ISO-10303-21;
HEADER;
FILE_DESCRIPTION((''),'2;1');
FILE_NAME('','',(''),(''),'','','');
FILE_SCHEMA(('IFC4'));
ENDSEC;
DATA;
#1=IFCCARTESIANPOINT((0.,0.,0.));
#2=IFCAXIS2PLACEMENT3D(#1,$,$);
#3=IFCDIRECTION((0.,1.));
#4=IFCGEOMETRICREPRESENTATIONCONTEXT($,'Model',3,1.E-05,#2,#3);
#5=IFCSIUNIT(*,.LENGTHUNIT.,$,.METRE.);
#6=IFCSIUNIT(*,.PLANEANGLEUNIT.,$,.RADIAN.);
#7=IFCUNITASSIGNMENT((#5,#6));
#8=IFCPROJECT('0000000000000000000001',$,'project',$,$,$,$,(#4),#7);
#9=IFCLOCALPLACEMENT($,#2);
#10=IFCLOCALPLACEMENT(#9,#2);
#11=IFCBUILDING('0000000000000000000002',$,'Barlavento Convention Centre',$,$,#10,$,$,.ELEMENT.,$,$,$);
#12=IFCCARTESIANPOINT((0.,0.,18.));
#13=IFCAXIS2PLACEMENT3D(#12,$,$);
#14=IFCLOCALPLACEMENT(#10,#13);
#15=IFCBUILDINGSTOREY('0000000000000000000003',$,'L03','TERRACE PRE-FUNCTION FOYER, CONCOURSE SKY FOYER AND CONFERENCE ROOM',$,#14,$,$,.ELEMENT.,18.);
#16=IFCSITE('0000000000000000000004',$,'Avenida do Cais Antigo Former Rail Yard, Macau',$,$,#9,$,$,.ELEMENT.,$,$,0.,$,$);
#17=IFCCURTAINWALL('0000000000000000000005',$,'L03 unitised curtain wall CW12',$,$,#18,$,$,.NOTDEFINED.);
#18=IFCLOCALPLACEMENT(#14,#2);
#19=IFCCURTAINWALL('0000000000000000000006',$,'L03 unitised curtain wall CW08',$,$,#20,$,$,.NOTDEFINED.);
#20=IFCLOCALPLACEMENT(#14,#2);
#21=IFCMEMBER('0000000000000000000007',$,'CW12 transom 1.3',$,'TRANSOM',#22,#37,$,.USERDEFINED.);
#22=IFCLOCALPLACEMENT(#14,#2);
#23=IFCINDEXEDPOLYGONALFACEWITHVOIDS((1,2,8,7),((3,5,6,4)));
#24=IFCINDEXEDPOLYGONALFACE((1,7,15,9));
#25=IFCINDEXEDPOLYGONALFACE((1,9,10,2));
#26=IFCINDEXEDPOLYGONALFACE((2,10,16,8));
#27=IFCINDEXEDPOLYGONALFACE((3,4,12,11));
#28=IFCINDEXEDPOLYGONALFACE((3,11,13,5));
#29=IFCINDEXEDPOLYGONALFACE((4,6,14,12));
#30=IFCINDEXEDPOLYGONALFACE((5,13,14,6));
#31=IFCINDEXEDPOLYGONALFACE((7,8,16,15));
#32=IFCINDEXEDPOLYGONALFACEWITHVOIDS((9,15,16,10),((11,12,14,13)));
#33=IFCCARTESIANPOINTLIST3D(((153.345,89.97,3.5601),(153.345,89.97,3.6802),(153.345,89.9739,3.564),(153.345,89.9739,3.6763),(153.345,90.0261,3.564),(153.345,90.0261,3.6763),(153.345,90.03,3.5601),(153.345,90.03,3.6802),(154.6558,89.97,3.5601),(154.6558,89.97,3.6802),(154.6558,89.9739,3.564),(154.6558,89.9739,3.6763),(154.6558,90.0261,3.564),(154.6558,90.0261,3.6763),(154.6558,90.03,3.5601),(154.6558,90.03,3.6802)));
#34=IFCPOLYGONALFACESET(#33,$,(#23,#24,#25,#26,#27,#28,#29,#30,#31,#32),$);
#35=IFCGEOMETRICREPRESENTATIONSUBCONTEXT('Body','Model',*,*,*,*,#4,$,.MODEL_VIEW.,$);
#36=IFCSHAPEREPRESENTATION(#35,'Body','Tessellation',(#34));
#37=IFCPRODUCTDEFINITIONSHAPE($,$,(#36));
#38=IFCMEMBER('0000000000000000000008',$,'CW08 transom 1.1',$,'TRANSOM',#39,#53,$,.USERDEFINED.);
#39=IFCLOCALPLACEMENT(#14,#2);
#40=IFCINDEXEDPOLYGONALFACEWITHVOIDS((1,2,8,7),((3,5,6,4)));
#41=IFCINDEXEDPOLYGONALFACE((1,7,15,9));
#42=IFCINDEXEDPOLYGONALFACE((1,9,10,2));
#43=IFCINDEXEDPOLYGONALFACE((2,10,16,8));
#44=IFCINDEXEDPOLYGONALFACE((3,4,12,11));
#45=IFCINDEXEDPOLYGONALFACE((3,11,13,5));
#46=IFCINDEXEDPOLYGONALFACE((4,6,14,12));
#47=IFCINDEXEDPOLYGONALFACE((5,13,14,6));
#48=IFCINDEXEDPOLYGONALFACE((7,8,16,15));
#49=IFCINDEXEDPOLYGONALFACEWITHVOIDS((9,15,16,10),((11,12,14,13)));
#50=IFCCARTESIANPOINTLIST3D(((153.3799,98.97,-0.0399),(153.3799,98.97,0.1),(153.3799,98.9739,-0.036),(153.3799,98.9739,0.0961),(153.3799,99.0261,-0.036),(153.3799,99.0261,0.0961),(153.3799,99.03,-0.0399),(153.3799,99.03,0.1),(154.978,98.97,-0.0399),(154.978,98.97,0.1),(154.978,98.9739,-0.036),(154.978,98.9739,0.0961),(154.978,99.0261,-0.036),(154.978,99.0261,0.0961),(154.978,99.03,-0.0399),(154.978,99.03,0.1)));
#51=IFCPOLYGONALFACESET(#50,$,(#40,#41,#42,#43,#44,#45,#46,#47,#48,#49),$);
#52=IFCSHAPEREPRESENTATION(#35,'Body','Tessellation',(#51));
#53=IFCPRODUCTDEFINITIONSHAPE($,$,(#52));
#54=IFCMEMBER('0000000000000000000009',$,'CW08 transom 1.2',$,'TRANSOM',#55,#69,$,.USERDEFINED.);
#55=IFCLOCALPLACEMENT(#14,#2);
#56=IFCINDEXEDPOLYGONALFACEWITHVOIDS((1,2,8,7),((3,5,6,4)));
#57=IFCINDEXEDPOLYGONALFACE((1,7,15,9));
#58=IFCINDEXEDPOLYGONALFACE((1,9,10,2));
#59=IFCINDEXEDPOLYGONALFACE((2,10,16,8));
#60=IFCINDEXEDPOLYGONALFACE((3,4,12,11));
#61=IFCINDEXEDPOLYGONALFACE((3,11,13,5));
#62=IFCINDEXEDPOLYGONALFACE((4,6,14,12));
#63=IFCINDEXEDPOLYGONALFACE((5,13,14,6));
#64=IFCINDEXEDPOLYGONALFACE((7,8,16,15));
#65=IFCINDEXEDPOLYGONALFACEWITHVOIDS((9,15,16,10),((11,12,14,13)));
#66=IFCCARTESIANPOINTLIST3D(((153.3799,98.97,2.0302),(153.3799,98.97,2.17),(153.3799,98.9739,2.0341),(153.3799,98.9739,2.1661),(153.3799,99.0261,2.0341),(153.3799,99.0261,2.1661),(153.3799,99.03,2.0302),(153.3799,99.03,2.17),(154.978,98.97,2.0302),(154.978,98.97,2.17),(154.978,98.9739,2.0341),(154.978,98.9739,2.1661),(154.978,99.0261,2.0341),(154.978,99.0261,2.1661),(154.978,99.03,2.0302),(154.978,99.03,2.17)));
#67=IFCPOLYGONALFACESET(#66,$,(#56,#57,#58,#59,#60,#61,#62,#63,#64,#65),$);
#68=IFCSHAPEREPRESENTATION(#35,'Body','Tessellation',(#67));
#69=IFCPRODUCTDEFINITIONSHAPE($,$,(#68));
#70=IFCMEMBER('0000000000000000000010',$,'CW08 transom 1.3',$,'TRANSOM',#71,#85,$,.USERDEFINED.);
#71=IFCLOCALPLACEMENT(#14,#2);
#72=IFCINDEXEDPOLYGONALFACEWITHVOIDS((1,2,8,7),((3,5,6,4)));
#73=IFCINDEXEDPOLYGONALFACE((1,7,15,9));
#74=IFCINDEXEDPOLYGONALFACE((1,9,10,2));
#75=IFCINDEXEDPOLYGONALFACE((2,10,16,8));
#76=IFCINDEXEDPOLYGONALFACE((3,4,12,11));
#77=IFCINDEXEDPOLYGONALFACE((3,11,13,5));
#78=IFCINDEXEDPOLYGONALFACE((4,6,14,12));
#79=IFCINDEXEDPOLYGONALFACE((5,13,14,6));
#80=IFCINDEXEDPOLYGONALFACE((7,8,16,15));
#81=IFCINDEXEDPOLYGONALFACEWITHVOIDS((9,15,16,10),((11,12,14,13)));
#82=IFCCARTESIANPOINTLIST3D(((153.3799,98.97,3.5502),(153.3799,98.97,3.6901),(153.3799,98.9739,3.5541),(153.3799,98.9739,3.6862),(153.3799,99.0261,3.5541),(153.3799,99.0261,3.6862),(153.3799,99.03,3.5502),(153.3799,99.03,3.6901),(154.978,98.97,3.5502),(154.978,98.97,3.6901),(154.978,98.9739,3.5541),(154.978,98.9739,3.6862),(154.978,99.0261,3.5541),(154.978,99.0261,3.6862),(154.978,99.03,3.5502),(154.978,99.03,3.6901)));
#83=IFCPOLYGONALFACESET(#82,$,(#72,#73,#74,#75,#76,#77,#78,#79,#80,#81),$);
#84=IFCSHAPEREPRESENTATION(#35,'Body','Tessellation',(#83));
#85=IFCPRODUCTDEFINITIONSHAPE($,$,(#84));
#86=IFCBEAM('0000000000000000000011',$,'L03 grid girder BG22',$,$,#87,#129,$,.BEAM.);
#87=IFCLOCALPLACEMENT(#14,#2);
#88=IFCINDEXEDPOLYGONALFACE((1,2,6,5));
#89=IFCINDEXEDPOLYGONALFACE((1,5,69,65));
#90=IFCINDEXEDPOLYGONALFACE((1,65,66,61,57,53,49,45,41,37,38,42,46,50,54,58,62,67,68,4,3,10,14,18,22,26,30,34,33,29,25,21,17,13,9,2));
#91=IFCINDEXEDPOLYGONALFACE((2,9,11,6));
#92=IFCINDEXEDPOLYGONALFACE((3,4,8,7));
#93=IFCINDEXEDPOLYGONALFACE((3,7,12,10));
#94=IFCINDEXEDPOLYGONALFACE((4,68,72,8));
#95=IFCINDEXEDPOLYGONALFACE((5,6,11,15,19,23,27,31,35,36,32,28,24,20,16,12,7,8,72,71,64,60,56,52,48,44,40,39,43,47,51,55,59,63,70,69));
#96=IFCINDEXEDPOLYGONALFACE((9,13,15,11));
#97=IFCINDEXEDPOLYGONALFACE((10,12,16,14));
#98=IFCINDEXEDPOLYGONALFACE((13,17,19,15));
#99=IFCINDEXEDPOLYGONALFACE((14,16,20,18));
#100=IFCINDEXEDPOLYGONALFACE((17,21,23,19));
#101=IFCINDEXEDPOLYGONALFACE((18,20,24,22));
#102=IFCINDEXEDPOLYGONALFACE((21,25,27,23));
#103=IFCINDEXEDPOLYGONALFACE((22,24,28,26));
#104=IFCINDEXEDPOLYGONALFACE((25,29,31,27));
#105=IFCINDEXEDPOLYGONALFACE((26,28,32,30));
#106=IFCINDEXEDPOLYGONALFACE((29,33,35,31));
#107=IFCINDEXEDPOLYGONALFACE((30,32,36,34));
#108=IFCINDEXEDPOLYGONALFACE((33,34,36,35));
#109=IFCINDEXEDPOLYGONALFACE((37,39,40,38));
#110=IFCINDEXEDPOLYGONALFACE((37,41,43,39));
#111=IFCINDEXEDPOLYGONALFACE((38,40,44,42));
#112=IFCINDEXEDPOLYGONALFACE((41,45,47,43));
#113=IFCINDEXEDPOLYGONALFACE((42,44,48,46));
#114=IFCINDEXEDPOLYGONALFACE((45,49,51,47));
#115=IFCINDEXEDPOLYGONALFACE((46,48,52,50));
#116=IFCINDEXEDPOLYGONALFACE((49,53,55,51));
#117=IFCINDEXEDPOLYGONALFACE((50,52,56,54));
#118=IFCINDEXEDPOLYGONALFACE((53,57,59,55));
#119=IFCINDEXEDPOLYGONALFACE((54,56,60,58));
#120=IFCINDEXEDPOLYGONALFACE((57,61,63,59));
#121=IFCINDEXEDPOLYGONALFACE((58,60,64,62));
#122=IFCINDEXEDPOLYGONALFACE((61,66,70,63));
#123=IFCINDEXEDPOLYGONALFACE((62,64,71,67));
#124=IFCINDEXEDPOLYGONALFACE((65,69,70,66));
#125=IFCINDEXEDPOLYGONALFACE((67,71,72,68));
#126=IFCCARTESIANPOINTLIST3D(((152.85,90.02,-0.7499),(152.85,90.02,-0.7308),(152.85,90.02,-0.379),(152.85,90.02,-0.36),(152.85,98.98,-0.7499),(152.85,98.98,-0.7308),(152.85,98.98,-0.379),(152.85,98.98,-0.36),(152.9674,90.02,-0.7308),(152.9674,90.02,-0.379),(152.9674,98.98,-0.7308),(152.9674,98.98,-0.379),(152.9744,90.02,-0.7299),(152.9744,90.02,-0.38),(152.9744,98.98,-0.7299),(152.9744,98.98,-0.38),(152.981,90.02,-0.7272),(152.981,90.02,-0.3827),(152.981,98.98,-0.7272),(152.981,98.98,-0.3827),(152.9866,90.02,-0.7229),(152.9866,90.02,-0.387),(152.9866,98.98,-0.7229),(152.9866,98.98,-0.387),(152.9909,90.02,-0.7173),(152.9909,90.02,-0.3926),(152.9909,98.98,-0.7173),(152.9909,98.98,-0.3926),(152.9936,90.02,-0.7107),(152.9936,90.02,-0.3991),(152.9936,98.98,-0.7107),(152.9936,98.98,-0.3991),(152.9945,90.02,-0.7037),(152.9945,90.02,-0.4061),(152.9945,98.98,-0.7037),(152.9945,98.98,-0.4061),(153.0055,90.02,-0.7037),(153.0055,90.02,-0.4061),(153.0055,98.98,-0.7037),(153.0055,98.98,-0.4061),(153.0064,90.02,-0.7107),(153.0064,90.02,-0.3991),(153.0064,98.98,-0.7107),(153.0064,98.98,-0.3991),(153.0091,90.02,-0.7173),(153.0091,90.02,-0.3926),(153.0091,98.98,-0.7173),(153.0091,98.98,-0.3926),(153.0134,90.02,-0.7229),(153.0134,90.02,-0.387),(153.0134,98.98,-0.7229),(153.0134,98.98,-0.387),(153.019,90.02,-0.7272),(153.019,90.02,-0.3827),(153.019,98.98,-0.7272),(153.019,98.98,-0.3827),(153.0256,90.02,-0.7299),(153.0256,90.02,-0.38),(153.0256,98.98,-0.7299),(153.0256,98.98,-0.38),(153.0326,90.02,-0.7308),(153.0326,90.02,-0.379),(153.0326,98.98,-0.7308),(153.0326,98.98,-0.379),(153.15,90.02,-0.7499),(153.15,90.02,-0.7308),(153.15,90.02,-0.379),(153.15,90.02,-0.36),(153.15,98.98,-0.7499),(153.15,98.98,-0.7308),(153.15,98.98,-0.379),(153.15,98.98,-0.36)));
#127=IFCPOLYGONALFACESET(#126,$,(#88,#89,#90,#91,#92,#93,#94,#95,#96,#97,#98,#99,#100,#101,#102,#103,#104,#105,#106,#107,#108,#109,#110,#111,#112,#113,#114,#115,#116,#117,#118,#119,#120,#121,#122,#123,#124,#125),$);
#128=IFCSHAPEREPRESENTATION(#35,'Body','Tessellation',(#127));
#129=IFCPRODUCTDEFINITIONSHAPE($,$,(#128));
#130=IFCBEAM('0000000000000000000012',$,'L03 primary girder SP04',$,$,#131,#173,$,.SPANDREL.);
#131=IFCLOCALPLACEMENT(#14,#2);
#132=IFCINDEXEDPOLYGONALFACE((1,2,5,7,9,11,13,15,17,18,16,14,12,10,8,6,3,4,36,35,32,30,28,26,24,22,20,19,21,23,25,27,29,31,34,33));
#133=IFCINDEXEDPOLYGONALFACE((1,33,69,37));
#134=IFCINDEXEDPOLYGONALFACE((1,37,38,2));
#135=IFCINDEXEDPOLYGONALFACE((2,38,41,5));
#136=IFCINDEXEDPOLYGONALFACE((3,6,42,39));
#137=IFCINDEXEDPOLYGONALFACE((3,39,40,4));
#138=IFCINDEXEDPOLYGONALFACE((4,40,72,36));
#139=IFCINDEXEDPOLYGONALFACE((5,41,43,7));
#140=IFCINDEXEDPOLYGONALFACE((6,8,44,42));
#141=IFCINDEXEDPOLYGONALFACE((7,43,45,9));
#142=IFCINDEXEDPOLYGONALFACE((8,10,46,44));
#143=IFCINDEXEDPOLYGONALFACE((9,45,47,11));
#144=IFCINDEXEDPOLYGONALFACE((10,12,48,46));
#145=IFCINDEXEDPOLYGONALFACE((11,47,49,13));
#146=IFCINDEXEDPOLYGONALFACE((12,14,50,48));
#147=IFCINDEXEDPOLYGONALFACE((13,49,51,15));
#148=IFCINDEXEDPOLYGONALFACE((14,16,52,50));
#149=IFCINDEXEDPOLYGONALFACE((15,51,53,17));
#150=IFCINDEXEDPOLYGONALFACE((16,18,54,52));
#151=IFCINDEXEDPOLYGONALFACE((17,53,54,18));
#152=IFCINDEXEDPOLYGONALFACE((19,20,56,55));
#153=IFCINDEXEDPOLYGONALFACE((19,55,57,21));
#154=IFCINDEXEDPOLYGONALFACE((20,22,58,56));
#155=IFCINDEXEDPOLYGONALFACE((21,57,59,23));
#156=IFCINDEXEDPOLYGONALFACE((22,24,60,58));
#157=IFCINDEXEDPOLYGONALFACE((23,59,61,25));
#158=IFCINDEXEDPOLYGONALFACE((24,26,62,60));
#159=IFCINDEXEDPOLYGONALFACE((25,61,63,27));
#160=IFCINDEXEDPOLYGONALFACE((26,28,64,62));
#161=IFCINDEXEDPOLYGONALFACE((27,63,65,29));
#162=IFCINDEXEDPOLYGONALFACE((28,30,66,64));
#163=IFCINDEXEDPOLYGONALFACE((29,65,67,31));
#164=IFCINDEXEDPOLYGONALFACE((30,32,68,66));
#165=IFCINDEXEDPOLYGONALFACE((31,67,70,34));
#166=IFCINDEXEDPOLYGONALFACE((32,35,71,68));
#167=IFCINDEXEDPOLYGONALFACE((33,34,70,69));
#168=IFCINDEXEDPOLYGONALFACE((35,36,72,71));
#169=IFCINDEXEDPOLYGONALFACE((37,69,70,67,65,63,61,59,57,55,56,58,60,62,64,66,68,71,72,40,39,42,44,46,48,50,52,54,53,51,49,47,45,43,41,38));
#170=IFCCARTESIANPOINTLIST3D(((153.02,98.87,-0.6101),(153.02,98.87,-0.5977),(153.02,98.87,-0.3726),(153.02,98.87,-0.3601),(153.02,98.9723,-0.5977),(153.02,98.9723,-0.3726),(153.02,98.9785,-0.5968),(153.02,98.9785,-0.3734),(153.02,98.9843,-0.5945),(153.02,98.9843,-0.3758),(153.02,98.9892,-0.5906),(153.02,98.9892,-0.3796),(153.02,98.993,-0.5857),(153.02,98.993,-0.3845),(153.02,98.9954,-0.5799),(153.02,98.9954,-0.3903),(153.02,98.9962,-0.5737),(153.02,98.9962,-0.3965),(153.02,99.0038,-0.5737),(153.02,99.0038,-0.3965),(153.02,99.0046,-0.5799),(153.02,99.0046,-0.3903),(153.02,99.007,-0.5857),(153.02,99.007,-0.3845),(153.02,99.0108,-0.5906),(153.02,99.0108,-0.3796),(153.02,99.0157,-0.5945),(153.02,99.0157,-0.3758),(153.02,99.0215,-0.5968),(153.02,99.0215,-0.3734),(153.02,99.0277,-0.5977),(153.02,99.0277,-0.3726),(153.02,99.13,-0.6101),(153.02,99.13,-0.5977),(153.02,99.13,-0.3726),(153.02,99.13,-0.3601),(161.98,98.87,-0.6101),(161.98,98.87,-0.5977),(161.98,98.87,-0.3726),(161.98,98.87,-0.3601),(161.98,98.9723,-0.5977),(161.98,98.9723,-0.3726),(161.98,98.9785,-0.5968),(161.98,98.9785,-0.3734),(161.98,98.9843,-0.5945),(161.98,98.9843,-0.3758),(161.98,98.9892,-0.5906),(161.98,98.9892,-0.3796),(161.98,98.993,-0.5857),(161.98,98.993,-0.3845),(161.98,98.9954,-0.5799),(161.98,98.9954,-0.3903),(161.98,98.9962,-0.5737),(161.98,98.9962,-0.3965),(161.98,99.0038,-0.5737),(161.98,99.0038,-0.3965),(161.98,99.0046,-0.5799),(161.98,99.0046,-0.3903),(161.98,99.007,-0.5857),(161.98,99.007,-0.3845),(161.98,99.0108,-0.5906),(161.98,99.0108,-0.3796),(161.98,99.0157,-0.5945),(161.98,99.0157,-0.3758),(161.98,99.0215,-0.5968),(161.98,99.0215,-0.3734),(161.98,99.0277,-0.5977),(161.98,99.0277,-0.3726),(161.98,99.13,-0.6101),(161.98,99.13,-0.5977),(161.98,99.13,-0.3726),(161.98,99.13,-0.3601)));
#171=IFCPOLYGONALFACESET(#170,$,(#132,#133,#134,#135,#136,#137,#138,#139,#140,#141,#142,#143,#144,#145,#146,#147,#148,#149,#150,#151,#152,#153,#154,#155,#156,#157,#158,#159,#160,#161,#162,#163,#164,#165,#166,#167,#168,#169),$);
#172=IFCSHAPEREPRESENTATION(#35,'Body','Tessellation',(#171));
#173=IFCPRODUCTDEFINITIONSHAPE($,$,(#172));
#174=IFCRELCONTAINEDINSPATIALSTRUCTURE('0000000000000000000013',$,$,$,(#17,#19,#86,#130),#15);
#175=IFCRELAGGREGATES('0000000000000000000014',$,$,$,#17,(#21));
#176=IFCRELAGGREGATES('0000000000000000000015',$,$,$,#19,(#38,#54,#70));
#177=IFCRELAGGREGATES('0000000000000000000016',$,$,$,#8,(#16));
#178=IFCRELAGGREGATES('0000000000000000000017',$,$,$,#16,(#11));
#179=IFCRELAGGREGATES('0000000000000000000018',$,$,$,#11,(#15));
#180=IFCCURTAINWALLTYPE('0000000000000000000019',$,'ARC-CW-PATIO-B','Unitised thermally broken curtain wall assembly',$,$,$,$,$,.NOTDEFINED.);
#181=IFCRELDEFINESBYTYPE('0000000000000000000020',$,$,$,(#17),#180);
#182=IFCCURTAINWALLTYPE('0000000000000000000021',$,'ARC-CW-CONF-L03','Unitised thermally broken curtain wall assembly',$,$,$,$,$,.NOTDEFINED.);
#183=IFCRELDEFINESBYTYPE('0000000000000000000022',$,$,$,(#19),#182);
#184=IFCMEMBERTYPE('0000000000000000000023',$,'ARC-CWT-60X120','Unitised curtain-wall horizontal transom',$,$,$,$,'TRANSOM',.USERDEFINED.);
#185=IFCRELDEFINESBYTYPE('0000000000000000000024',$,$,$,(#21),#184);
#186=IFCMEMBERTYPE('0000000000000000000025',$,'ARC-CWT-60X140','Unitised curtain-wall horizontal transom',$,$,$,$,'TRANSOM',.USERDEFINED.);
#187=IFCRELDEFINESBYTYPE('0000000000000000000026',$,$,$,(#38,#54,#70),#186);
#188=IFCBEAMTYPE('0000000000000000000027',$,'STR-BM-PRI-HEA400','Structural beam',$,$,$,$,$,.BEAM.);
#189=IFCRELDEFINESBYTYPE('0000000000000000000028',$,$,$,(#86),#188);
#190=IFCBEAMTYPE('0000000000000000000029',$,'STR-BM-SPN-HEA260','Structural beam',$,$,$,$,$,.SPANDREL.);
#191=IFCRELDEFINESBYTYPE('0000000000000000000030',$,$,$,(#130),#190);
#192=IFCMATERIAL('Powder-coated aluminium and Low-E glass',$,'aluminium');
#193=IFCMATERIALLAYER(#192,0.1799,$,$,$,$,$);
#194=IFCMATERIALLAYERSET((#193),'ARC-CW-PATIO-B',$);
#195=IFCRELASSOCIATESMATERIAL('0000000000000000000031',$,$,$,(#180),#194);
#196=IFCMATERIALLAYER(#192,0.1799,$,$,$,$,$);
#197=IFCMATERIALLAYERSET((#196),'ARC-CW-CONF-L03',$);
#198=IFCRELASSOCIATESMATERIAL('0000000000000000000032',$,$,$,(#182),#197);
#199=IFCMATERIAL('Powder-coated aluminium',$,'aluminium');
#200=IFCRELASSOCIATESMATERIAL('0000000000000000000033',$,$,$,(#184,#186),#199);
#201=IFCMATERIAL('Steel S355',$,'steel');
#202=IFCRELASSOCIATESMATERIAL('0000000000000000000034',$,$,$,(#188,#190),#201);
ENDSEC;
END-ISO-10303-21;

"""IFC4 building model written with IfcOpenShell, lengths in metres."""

from ifc_helpers import new_model, si_unit, direction, frame, origin, origin_2d, place, context, subcontext, project, spatial, hollow_rectangle, i_section, extrude, material, layer, layer_set, material_profile, profile_set, type_object, element, aggregate, save


model = new_model("IFC4")

# Units and contexts
model_context = context("Model", 3, precision=1e-05, world=origin(), true_north=direction((0.0, 1.0)))
body_context = subcontext(model_context, "Body", "Model", "MODEL_VIEW")
ifc_project = project(units=[si_unit("LENGTHUNIT", "METRE"), si_unit("PLANEANGLEUNIT", "RADIAN")], contexts=[model_context])

# Site, building, storey
site_placement = place(None, origin())
site = spatial("IfcSite", under=ifc_project, at=site_placement, Name="Avenida do Cais Antigo Former Rail Yard, Macau", CompositionType="ELEMENT", RefElevation=0.0)
building_placement = place(site_placement, origin())
building = spatial("IfcBuilding", under=site, at=building_placement, Name="Barlavento Convention Centre", CompositionType="ELEMENT")
storey_placement = place(building_placement, frame((0.0, 0.0, 18.0)))
storey = spatial("IfcBuildingStorey", under=building, at=storey_placement, Name="L03", Description="TERRACE PRE-FUNCTION FOYER, CONCOURSE SKY FOYER AND CONFERENCE ROOM", CompositionType="ELEMENT", Elevation=18.0)

# Shared definitions
ifc_material_1 = material(Name="Steel S355", Category="steel")

# Curtain walls
ifc_material_2 = material(Name="Powder-coated aluminium and Low-E glass", Category="aluminium")
ifc_layer_1 = layer(ifc_material_2, 0.1799)
ifc_layer_set_1 = layer_set([ifc_layer_1], Name="ARC-CW-PATIO-B")
curtain_wall_type_1 = type_object("IfcCurtainWallType", Name="ARC-CW-PATIO-B", Description="Unitised thermally broken curtain wall assembly", PredefinedType="NOTDEFINED", material=ifc_layer_set_1)
ifc_material_3 = material(Name="Powder-coated aluminium", Category="aluminium")
curtain_wall_1_placement = place(storey_placement, origin())
curtain_wall_1 = element("IfcCurtainWall", 1, at=curtain_wall_1_placement, inside=storey, type_object=curtain_wall_type_1, Name="L03 unitised curtain wall CW12", PredefinedType="NOTDEFINED")
ifc_layer_2 = layer(ifc_material_2, 0.1799)
ifc_layer_set_2 = layer_set([ifc_layer_2], Name="ARC-CW-CONF-L03")
curtain_wall_type_2 = type_object("IfcCurtainWallType", Name="ARC-CW-CONF-L03", Description="Unitised thermally broken curtain wall assembly", PredefinedType="NOTDEFINED", material=ifc_layer_set_2)
curtain_wall_2_placement = place(storey_placement, origin())
curtain_wall_2 = element("IfcCurtainWall", 2, at=curtain_wall_2_placement, inside=storey, type_object=curtain_wall_type_2, Name="L03 unitised curtain wall CW08", PredefinedType="NOTDEFINED")

# Members
ifc_material_profile_1 = material_profile(ifc_material_3, hollow_rectangle(XDim=0.0601, YDim=0.1201, WallThickness=0.0039, at=origin_2d()), Name="AL-TRAN 60x120x4")
ifc_profile_set_1 = profile_set([ifc_material_profile_1], Name="Powder-coated aluminium")
member_type_1 = type_object("IfcMemberType", Name="ARC-CWT-60X120", Description="Unitised curtain-wall horizontal transom", ElementType="TRANSOM", PredefinedType="USERDEFINED", material=ifc_profile_set_1)
member_1_placement = place(storey_placement, frame((153.345, 90.0, 3.6201), z_axis=(1.0, 0.0, 0.0), x_axis=(0.0, 1.0, 0.0)))
member_1 = element("IfcMember", 3, at=member_1_placement, type_object=member_type_1, Name="CW12 transom 1.3", ObjectType="TRANSOM", PredefinedType="USERDEFINED", context=body_context, shape_type="SweptSolid", body=[
    extrude(hollow_rectangle(XDim=0.0601, YDim=0.1201, WallThickness=0.0039, at=origin_2d()), origin(), (0.0, 0.0, 1.0), 1.3108),
])
aggregate(curtain_wall_1, [member_1])
ifc_material_profile_2 = material_profile(ifc_material_3, hollow_rectangle(XDim=0.0601, YDim=0.1399, WallThickness=0.0039, at=origin_2d()), Name="AL-TRAN 60x140x4")
ifc_profile_set_2 = profile_set([ifc_material_profile_2], Name="Powder-coated aluminium")
member_type_2 = type_object("IfcMemberType", Name="ARC-CWT-60X140", Description="Unitised curtain-wall horizontal transom", ElementType="TRANSOM", PredefinedType="USERDEFINED", material=ifc_profile_set_2)
member_2_placement = place(storey_placement, frame((153.3799, 99.0, 0.03), z_axis=(1.0, 0.0, 0.0), x_axis=(0.0, 1.0, 0.0)))
member_2 = element("IfcMember", 4, at=member_2_placement, type_object=member_type_2, Name="CW08 transom 1.1", ObjectType="TRANSOM", PredefinedType="USERDEFINED", context=body_context, shape_type="SweptSolid", body=[
    extrude(hollow_rectangle(XDim=0.0601, YDim=0.1399, WallThickness=0.0039, at=origin_2d()), origin(), (0.0, 0.0, 1.0), 1.5981),
])
member_3_placement = place(storey_placement, frame((153.3799, 99.0, 2.1001), z_axis=(1.0, 0.0, 0.0), x_axis=(0.0, 1.0, 0.0)))
member_3 = element("IfcMember", 5, at=member_3_placement, type_object=member_type_2, Name="CW08 transom 1.2", ObjectType="TRANSOM", PredefinedType="USERDEFINED", context=body_context, shape_type="SweptSolid", body=[
    extrude(hollow_rectangle(XDim=0.0601, YDim=0.1399, WallThickness=0.0039, at=origin_2d()), origin(), (0.0, 0.0, 1.0), 1.5981),
])
member_4_placement = place(storey_placement, frame((153.3799, 99.0, 3.6201), z_axis=(1.0, 0.0, 0.0), x_axis=(0.0, 1.0, 0.0)))
member_4 = element("IfcMember", 6, at=member_4_placement, type_object=member_type_2, Name="CW08 transom 1.3", ObjectType="TRANSOM", PredefinedType="USERDEFINED", context=body_context, shape_type="SweptSolid", body=[
    extrude(hollow_rectangle(XDim=0.0601, YDim=0.1399, WallThickness=0.0039, at=origin_2d()), origin(), (0.0, 0.0, 1.0), 1.5981),
])
aggregate(curtain_wall_2, [member_2, member_3, member_4])

# Beams
ifc_material_profile_3 = material_profile(ifc_material_1, i_section(OverallWidth=0.3, OverallDepth=0.3899, WebThickness=0.011, FlangeThickness=0.019, FilletRadius=0.0271, at=origin_2d()), Name="HEA 400")
ifc_profile_set_3 = profile_set([ifc_material_profile_3], Name="Steel S355")
beam_type_1 = type_object("IfcBeamType", Name="STR-BM-PRI-HEA400", Description="Structural beam", PredefinedType="BEAM", material=ifc_profile_set_3)
beam_1_placement = place(storey_placement, frame((153.0, 90.02, -0.5549), z_axis=(0.0, 1.0, 0.0), x_axis=(-1.0, 0.0, 0.0)))
element("IfcBeam", 7, at=beam_1_placement, inside=storey, type_object=beam_type_1, Name="L03 grid girder BG22", PredefinedType="BEAM", context=body_context, shape_type="SweptSolid", body=[
    extrude(i_section(OverallWidth=0.3, OverallDepth=0.3899, WebThickness=0.011, FlangeThickness=0.019, FilletRadius=0.0271, at=origin_2d()), origin(), (0.0, 0.0, 1.0), 8.96),
])
ifc_material_profile_4 = material_profile(ifc_material_1, i_section(OverallWidth=0.26, OverallDepth=0.25, WebThickness=0.0076, FlangeThickness=0.0125, FilletRadius=0.0239, at=origin_2d()), Name="HEA 260")
ifc_profile_set_4 = profile_set([ifc_material_profile_4], Name="Steel S355")
beam_type_2 = type_object("IfcBeamType", Name="STR-BM-SPN-HEA260", Description="Structural beam", PredefinedType="SPANDREL", material=ifc_profile_set_4)
beam_2_placement = place(storey_placement, frame((153.02, 99.0, -0.4851), z_axis=(1.0, 0.0, 0.0), x_axis=(0.0, 1.0, 0.0)))
element("IfcBeam", 8, at=beam_2_placement, inside=storey, type_object=beam_type_2, Name="L03 primary girder SP04", PredefinedType="SPANDREL", context=body_context, shape_type="SweptSolid", body=[
    extrude(i_section(OverallWidth=0.26, OverallDepth=0.25, WebThickness=0.0076, FlangeThickness=0.0125, FilletRadius=0.0239, at=origin_2d()), origin(), (0.0, 0.0, 1.0), 8.96),
])

save(model, "model.ifc")
